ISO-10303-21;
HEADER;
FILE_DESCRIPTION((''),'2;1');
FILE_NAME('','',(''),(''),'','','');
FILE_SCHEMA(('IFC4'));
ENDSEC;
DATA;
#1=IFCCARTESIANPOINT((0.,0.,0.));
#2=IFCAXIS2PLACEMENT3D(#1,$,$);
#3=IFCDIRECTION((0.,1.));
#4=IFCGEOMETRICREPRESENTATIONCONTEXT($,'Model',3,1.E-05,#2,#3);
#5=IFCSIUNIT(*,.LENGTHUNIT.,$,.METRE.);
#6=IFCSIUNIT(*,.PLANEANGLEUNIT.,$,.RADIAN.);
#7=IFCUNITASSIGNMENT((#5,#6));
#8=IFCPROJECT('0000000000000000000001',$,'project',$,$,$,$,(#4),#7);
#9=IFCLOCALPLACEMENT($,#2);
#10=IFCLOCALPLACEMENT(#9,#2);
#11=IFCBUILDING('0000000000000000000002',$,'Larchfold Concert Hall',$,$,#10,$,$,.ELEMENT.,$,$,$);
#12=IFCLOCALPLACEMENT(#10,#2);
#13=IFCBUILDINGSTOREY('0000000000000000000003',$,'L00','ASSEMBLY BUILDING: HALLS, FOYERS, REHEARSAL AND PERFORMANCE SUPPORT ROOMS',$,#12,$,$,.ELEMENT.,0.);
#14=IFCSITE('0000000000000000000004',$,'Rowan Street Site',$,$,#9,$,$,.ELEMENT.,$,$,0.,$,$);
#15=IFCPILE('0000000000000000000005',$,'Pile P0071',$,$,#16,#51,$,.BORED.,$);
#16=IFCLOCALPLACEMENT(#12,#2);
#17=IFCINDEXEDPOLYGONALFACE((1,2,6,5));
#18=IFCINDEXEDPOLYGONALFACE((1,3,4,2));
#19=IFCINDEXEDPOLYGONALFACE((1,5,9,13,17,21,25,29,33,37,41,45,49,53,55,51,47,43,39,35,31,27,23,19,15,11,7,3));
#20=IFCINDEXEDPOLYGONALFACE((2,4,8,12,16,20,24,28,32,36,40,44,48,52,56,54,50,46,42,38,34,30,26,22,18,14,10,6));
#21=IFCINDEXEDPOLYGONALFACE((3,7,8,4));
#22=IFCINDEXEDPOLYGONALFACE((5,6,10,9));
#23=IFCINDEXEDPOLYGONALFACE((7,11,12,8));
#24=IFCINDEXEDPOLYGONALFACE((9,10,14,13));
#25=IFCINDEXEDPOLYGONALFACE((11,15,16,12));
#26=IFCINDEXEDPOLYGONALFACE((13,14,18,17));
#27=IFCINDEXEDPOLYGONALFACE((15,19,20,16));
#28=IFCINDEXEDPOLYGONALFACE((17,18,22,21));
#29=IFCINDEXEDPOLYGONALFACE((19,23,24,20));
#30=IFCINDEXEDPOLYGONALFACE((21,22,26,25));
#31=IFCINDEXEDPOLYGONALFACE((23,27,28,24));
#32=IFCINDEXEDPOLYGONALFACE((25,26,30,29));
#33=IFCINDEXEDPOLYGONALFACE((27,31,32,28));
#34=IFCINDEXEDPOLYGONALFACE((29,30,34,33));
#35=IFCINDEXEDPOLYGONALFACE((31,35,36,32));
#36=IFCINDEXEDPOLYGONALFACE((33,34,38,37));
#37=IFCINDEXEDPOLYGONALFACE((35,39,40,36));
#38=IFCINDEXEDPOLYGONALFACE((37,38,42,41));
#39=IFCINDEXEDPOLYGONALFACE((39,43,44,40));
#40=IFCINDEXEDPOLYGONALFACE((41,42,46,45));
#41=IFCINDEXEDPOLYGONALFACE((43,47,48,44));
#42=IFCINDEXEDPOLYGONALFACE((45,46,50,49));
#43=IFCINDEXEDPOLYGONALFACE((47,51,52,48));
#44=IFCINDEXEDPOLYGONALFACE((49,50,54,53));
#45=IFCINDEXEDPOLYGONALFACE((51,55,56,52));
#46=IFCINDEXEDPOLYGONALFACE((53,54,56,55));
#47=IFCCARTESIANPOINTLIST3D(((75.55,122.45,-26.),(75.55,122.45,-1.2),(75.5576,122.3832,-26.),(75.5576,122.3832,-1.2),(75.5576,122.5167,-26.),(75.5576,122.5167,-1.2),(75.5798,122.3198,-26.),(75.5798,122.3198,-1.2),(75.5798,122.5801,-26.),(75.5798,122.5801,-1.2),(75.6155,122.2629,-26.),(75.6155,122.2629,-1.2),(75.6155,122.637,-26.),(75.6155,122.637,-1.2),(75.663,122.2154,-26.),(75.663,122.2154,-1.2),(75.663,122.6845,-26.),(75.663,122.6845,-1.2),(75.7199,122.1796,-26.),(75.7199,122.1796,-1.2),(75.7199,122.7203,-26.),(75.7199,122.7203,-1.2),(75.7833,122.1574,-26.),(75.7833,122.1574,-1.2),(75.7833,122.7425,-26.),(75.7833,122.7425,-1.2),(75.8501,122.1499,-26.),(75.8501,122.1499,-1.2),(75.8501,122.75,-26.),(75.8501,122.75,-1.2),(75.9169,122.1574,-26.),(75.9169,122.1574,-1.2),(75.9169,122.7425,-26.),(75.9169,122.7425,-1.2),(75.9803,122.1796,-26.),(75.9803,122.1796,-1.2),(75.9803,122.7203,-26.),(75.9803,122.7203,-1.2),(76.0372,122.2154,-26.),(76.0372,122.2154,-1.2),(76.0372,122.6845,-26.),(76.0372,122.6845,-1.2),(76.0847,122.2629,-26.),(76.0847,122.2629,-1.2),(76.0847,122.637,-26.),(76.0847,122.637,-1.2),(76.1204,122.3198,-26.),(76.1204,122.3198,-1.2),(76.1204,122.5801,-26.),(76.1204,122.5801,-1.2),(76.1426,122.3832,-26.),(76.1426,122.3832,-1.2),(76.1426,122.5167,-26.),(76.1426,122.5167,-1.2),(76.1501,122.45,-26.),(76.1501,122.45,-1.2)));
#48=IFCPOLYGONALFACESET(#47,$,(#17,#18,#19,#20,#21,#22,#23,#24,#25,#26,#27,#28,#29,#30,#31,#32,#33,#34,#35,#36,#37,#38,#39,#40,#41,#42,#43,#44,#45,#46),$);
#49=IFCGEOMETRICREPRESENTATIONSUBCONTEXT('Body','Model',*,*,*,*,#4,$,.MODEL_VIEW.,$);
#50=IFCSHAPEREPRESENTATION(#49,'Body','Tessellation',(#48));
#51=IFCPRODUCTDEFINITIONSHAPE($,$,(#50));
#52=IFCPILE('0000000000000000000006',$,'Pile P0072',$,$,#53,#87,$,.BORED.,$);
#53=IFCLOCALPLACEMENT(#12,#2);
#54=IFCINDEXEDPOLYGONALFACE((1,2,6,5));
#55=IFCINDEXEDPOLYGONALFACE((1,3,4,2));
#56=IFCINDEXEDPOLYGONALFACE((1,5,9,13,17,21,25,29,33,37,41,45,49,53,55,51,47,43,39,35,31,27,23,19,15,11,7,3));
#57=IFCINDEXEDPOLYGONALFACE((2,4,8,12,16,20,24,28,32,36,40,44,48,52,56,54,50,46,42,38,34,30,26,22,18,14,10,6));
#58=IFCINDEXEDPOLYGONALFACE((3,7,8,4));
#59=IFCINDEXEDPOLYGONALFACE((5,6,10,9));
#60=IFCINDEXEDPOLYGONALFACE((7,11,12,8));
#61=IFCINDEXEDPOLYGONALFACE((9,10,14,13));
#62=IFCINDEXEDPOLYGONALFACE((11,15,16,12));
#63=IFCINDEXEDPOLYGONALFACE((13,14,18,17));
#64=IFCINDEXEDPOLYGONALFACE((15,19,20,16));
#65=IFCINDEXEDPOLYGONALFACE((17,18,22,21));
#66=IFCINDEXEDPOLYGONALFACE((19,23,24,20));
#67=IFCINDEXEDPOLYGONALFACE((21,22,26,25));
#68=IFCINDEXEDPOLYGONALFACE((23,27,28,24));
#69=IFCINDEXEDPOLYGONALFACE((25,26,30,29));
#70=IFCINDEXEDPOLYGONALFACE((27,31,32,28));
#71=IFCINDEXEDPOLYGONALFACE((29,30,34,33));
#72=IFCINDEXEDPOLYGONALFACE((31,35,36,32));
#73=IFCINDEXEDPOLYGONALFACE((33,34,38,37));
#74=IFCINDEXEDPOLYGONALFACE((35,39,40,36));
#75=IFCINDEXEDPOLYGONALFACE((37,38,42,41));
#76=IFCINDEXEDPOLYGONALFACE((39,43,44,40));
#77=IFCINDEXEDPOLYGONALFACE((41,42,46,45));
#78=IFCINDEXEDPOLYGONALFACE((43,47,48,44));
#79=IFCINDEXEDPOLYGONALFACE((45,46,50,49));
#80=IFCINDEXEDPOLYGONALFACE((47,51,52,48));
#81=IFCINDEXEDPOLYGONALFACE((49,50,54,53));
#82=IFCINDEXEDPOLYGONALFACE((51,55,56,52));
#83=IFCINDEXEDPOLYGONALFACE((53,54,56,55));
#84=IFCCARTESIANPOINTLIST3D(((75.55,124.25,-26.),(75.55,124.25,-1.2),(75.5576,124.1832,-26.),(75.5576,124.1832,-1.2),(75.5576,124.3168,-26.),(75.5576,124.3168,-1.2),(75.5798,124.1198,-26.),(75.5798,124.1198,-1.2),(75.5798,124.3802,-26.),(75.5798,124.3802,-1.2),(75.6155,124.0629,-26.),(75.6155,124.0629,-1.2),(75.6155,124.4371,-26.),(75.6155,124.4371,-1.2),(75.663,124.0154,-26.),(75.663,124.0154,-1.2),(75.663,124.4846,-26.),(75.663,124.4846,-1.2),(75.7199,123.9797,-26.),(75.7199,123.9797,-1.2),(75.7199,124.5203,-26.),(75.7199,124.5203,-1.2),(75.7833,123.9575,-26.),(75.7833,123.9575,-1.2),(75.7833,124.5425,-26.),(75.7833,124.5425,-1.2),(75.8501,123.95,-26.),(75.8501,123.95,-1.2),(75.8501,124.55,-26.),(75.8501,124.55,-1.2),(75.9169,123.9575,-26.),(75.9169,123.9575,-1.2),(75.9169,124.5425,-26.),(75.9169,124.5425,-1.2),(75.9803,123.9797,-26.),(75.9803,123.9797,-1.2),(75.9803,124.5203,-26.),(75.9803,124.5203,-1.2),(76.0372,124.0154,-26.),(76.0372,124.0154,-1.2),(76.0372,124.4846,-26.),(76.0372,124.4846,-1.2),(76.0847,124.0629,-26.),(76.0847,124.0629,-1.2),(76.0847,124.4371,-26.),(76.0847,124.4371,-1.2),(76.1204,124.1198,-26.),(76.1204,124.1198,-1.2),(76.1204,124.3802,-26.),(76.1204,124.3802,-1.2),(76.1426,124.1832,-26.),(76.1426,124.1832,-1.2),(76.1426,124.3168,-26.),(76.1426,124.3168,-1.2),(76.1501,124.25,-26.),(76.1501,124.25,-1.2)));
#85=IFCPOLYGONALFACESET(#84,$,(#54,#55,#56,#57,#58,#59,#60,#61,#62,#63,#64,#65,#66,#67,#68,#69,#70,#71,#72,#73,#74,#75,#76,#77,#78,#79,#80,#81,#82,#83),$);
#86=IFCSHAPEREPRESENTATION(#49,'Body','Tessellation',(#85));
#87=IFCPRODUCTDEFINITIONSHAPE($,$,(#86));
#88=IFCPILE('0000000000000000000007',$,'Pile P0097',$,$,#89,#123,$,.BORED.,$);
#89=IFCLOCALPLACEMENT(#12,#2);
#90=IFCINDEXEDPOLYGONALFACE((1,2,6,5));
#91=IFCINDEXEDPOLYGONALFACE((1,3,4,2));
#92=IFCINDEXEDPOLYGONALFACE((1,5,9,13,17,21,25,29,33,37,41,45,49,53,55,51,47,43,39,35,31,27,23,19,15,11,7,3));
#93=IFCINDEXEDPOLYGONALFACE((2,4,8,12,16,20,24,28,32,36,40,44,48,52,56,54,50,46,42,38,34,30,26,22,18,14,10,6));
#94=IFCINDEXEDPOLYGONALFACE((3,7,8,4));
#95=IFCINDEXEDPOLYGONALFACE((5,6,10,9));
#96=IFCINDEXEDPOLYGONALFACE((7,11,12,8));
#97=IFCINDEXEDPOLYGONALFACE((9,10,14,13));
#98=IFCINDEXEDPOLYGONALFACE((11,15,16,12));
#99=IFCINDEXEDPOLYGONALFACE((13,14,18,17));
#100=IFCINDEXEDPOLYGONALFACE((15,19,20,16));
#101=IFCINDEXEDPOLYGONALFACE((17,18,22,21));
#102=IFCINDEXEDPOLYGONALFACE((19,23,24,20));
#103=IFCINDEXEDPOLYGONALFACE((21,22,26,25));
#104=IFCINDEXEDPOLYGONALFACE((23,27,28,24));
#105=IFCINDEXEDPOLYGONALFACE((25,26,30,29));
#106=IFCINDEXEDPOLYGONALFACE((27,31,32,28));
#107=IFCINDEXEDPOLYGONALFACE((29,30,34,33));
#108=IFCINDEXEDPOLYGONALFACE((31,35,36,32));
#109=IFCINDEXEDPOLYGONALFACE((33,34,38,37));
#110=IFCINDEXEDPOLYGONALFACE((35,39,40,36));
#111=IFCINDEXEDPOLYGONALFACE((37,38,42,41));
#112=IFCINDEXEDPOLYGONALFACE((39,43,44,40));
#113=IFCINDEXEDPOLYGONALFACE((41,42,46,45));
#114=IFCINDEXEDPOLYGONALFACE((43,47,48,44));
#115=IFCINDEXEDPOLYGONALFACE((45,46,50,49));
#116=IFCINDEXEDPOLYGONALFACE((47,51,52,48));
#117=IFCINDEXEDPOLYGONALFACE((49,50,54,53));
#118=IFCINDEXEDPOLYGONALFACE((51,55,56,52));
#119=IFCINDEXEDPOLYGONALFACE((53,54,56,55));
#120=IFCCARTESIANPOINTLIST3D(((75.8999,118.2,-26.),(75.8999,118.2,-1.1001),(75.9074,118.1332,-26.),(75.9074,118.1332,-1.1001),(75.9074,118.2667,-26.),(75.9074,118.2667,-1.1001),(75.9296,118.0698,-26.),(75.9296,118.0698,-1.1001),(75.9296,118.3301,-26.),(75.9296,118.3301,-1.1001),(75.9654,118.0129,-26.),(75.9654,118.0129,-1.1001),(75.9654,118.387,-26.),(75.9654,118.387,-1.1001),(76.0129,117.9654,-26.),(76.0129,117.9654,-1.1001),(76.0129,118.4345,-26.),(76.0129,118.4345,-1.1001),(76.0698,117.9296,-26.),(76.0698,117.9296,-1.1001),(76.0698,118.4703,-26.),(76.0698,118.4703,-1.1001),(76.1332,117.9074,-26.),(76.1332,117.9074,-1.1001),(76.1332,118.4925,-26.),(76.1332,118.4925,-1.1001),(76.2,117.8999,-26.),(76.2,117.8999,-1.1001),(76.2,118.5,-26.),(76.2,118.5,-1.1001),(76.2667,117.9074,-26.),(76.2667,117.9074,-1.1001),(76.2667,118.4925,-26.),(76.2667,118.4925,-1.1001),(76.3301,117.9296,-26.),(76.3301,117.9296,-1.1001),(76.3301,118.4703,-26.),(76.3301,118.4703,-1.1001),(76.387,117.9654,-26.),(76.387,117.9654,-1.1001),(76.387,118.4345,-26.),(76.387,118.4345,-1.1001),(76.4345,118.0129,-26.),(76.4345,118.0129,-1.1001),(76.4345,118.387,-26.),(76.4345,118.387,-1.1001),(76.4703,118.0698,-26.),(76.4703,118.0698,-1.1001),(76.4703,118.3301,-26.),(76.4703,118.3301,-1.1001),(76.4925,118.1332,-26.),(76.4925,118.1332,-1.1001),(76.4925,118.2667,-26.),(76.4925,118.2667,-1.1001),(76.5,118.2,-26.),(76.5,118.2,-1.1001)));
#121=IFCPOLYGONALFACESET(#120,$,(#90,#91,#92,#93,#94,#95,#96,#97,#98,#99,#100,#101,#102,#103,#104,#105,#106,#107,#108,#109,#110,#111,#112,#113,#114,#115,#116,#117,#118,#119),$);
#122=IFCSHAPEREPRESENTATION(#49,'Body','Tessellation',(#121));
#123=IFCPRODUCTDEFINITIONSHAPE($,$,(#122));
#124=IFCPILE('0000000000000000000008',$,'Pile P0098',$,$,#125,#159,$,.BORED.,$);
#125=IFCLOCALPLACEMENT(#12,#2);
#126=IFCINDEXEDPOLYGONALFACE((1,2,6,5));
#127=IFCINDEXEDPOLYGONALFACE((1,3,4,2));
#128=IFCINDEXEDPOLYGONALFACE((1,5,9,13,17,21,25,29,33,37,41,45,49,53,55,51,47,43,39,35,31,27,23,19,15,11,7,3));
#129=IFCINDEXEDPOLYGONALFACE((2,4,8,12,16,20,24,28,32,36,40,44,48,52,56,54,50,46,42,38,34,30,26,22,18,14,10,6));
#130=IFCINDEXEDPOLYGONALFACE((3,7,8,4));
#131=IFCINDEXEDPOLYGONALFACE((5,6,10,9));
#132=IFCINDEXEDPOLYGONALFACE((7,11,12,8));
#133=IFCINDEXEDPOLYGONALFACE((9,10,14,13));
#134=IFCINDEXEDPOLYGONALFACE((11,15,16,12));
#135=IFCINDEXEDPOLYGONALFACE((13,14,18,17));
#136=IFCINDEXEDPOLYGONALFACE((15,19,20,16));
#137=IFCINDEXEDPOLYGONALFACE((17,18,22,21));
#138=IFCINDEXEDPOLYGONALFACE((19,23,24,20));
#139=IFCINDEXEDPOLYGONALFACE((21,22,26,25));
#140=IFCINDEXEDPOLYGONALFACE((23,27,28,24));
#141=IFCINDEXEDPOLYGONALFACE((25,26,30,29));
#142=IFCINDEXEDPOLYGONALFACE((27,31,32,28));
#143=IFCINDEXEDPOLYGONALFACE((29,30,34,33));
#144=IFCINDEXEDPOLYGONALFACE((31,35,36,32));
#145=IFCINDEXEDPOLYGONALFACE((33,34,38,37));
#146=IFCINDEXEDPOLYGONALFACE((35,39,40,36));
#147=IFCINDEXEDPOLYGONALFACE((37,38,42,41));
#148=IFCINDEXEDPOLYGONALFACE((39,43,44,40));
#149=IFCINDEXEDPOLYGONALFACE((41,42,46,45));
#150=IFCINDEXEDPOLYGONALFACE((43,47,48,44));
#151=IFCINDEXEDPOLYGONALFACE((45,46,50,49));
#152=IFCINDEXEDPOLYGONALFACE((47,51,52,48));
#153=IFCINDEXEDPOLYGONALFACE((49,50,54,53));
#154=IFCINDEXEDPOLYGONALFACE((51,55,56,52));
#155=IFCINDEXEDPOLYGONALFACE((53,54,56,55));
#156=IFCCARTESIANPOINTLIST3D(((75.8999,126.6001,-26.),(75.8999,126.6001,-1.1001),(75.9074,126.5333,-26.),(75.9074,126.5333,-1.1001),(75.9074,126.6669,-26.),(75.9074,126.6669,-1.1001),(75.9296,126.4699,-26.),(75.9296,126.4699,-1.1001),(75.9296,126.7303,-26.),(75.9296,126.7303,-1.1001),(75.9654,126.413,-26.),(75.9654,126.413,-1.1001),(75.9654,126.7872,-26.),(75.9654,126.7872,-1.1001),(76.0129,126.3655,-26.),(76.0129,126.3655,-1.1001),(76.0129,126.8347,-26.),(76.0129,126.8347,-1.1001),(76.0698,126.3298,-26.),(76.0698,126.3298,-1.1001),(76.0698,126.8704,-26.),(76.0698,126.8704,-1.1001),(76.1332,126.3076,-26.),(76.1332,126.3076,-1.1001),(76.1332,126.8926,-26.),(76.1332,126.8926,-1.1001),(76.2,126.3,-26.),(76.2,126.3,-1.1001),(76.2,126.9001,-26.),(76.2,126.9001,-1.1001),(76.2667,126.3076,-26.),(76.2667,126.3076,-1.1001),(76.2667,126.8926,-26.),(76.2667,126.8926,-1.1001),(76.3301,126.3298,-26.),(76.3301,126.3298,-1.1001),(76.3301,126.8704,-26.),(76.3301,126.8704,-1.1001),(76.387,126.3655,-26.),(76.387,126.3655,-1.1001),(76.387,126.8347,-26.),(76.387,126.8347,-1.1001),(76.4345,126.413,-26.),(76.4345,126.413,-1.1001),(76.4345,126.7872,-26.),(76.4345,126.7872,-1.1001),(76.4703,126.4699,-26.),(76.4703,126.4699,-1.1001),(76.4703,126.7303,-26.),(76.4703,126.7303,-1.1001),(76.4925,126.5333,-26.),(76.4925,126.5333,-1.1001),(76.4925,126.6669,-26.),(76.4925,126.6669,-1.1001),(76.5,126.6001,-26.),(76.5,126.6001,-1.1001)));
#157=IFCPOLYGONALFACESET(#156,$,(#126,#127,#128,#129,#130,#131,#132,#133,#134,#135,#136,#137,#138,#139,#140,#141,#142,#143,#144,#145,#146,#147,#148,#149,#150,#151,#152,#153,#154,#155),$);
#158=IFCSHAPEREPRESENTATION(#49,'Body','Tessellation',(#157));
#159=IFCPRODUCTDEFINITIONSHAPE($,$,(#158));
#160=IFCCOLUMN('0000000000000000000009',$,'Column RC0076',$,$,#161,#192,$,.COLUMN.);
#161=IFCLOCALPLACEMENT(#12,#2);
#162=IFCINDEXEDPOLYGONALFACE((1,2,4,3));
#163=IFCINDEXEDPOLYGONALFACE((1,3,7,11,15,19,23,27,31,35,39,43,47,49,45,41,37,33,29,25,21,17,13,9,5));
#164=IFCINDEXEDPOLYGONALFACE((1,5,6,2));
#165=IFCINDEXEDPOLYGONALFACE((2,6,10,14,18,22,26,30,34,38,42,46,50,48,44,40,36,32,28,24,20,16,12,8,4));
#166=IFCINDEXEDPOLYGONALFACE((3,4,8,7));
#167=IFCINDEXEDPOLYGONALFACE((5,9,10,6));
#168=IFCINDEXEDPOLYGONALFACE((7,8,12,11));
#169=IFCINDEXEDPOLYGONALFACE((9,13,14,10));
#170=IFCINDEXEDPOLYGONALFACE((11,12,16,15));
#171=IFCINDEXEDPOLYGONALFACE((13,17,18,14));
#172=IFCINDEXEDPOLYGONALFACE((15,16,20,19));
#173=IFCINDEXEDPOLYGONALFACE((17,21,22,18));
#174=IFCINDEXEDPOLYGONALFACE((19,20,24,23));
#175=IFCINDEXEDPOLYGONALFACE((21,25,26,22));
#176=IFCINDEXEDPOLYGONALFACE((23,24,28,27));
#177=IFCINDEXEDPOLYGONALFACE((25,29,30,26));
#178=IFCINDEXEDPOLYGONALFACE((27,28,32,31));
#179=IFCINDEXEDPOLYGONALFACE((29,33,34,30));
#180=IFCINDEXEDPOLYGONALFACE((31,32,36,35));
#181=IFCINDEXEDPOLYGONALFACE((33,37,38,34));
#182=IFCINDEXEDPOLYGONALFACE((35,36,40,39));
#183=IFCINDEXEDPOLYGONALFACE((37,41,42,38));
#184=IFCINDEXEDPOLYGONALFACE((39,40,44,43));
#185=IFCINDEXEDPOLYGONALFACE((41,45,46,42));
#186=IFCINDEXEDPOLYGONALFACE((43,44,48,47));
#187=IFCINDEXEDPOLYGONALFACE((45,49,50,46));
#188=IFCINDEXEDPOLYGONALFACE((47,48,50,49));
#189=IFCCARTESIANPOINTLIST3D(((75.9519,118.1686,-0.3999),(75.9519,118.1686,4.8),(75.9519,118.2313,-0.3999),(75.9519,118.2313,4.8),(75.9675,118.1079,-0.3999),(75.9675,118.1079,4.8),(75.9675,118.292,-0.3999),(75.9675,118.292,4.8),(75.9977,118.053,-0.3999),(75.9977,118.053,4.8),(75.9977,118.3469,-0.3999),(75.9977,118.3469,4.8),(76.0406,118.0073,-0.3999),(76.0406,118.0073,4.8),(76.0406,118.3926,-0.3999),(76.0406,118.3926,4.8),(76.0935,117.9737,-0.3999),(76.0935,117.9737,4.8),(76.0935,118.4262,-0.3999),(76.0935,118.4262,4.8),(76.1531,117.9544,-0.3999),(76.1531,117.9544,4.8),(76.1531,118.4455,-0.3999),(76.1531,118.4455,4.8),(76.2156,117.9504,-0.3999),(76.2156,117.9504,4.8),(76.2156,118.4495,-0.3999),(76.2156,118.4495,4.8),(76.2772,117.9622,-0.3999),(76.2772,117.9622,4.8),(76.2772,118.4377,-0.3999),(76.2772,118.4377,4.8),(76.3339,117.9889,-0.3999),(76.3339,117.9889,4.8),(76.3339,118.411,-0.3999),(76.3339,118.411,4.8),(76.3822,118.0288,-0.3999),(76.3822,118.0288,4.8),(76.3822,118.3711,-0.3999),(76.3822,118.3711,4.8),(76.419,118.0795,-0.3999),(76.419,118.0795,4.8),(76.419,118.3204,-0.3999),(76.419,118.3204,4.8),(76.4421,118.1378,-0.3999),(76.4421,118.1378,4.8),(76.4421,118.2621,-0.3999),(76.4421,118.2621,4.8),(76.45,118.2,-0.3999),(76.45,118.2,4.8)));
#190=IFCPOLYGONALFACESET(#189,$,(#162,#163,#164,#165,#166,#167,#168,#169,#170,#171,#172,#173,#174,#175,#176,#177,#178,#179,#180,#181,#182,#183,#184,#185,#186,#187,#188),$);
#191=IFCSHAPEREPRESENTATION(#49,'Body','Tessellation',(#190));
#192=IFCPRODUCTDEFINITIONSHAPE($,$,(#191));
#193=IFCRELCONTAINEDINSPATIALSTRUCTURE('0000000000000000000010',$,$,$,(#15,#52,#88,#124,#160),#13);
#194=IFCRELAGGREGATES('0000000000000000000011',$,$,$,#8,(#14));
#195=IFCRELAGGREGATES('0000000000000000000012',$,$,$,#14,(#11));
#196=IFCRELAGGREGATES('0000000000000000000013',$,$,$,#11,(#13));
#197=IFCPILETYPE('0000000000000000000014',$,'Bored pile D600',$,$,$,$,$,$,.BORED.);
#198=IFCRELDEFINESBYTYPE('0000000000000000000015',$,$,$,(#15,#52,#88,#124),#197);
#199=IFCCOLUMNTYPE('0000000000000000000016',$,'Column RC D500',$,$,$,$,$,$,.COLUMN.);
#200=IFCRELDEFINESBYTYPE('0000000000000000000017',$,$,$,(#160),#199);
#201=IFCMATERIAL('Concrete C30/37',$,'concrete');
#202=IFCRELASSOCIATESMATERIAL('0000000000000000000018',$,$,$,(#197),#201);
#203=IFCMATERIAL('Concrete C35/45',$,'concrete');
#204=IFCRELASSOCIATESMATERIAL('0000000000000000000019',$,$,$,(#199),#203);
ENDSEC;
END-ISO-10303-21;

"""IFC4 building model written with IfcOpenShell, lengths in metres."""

from ifc_helpers import new_model, si_unit, direction, frame, origin, origin_2d, place, context, subcontext, project, spatial, circle, extrude, material, material_profile, profile_set, type_object, element, save


model = new_model("IFC4")

# Units and contexts
model_context = context("Model", 3, precision=1e-05, world=origin(), true_north=direction((0.0, 1.0)))
body_context = subcontext(model_context, "Body", "Model", "MODEL_VIEW")
ifc_project = project(units=[si_unit("LENGTHUNIT", "METRE"), si_unit("PLANEANGLEUNIT", "RADIAN")], contexts=[model_context])

# Site, building, storey
site_placement = place(None, origin())
site = spatial("IfcSite", under=ifc_project, at=site_placement, Name="Rowan Street Site", CompositionType="ELEMENT", RefElevation=0.0)
building_placement = place(site_placement, origin())
building = spatial("IfcBuilding", under=site, at=building_placement, Name="Larchfold Concert Hall", CompositionType="ELEMENT")
storey_placement = place(building_placement, origin())
storey = spatial("IfcBuildingStorey", under=building, at=storey_placement, Name="L00", Description="ASSEMBLY BUILDING: HALLS, FOYERS, REHEARSAL AND PERFORMANCE SUPPORT ROOMS", CompositionType="ELEMENT", Elevation=0.0)

# Piles
ifc_material_1 = material(Name="Concrete C30/37", Category="concrete")
ifc_material_profile_1 = material_profile(ifc_material_1, circle(Radius=0.3, at=origin_2d()))
ifc_profile_set_1 = profile_set([ifc_material_profile_1], Name="Concrete C30/37")
pile_type = type_object("IfcPileType", Name="Bored pile D600", PredefinedType="BORED", material=ifc_profile_set_1)
for number, where, z_axis, x_axis, name in (
    (1, (75.8501, 122.45, -1.2), (0.0, 0.0, -1.0), (1.0, 0.0, 0.0), "Pile P0071"),
    (2, (75.8501, 124.25, -1.2), (0.0, 0.0, -1.0), (1.0, 0.0, 0.0), "Pile P0072"),
):
    element("IfcPile", number, at=place(storey_placement, frame(where, z_axis=z_axis, x_axis=x_axis)), inside=storey, type_object=pile_type, Name=name, PredefinedType="BORED", context=body_context, shape_type="SweptSolid", body=[
        extrude(circle(Radius=0.3, at=origin_2d()), origin(), (0.0, 0.0, 1.0), 24.8),
    ])
for number, where, z_axis, x_axis, name in (
    (3, (76.2, 118.2, -1.1001), (0.0, 0.0, -1.0), (1.0, 0.0, 0.0), "Pile P0097"),
    (4, (76.2, 126.6001, -1.1001), (0.0, 0.0, -1.0), (1.0, 0.0, 0.0), "Pile P0098"),
):
    element("IfcPile", number, at=place(storey_placement, frame(where, z_axis=z_axis, x_axis=x_axis)), inside=storey, type_object=pile_type, Name=name, PredefinedType="BORED", context=body_context, shape_type="SweptSolid", body=[
        extrude(circle(Radius=0.3, at=origin_2d()), origin(), (0.0, 0.0, 1.0), 24.8999),
    ])

# Column
ifc_material_2 = material(Name="Concrete C35/45", Category="concrete")
ifc_material_profile_2 = material_profile(ifc_material_2, circle(Radius=0.25, at=origin_2d()))
ifc_profile_set_2 = profile_set([ifc_material_profile_2], Name="Concrete C35/45")
column_type_1 = type_object("IfcColumnType", Name="Column RC D500", PredefinedType="COLUMN", material=ifc_profile_set_2)
for number, where, z_axis, x_axis, name in (
    (5, (76.2, 118.2, -0.3999), (0.0, 0.0, 1.0), (1.0, 0.0, 0.0), "Column RC0076"),
):
    element("IfcColumn", number, at=place(storey_placement, frame(where, z_axis=z_axis, x_axis=x_axis)), inside=storey, type_object=column_type_1, Name=name, PredefinedType="COLUMN", context=body_context, shape_type="SweptSolid", body=[
        extrude(circle(Radius=0.25, at=origin_2d()), origin(), (0.0, 0.0, 1.0), 5.2),
    ])

save(model, "model.ifc")
